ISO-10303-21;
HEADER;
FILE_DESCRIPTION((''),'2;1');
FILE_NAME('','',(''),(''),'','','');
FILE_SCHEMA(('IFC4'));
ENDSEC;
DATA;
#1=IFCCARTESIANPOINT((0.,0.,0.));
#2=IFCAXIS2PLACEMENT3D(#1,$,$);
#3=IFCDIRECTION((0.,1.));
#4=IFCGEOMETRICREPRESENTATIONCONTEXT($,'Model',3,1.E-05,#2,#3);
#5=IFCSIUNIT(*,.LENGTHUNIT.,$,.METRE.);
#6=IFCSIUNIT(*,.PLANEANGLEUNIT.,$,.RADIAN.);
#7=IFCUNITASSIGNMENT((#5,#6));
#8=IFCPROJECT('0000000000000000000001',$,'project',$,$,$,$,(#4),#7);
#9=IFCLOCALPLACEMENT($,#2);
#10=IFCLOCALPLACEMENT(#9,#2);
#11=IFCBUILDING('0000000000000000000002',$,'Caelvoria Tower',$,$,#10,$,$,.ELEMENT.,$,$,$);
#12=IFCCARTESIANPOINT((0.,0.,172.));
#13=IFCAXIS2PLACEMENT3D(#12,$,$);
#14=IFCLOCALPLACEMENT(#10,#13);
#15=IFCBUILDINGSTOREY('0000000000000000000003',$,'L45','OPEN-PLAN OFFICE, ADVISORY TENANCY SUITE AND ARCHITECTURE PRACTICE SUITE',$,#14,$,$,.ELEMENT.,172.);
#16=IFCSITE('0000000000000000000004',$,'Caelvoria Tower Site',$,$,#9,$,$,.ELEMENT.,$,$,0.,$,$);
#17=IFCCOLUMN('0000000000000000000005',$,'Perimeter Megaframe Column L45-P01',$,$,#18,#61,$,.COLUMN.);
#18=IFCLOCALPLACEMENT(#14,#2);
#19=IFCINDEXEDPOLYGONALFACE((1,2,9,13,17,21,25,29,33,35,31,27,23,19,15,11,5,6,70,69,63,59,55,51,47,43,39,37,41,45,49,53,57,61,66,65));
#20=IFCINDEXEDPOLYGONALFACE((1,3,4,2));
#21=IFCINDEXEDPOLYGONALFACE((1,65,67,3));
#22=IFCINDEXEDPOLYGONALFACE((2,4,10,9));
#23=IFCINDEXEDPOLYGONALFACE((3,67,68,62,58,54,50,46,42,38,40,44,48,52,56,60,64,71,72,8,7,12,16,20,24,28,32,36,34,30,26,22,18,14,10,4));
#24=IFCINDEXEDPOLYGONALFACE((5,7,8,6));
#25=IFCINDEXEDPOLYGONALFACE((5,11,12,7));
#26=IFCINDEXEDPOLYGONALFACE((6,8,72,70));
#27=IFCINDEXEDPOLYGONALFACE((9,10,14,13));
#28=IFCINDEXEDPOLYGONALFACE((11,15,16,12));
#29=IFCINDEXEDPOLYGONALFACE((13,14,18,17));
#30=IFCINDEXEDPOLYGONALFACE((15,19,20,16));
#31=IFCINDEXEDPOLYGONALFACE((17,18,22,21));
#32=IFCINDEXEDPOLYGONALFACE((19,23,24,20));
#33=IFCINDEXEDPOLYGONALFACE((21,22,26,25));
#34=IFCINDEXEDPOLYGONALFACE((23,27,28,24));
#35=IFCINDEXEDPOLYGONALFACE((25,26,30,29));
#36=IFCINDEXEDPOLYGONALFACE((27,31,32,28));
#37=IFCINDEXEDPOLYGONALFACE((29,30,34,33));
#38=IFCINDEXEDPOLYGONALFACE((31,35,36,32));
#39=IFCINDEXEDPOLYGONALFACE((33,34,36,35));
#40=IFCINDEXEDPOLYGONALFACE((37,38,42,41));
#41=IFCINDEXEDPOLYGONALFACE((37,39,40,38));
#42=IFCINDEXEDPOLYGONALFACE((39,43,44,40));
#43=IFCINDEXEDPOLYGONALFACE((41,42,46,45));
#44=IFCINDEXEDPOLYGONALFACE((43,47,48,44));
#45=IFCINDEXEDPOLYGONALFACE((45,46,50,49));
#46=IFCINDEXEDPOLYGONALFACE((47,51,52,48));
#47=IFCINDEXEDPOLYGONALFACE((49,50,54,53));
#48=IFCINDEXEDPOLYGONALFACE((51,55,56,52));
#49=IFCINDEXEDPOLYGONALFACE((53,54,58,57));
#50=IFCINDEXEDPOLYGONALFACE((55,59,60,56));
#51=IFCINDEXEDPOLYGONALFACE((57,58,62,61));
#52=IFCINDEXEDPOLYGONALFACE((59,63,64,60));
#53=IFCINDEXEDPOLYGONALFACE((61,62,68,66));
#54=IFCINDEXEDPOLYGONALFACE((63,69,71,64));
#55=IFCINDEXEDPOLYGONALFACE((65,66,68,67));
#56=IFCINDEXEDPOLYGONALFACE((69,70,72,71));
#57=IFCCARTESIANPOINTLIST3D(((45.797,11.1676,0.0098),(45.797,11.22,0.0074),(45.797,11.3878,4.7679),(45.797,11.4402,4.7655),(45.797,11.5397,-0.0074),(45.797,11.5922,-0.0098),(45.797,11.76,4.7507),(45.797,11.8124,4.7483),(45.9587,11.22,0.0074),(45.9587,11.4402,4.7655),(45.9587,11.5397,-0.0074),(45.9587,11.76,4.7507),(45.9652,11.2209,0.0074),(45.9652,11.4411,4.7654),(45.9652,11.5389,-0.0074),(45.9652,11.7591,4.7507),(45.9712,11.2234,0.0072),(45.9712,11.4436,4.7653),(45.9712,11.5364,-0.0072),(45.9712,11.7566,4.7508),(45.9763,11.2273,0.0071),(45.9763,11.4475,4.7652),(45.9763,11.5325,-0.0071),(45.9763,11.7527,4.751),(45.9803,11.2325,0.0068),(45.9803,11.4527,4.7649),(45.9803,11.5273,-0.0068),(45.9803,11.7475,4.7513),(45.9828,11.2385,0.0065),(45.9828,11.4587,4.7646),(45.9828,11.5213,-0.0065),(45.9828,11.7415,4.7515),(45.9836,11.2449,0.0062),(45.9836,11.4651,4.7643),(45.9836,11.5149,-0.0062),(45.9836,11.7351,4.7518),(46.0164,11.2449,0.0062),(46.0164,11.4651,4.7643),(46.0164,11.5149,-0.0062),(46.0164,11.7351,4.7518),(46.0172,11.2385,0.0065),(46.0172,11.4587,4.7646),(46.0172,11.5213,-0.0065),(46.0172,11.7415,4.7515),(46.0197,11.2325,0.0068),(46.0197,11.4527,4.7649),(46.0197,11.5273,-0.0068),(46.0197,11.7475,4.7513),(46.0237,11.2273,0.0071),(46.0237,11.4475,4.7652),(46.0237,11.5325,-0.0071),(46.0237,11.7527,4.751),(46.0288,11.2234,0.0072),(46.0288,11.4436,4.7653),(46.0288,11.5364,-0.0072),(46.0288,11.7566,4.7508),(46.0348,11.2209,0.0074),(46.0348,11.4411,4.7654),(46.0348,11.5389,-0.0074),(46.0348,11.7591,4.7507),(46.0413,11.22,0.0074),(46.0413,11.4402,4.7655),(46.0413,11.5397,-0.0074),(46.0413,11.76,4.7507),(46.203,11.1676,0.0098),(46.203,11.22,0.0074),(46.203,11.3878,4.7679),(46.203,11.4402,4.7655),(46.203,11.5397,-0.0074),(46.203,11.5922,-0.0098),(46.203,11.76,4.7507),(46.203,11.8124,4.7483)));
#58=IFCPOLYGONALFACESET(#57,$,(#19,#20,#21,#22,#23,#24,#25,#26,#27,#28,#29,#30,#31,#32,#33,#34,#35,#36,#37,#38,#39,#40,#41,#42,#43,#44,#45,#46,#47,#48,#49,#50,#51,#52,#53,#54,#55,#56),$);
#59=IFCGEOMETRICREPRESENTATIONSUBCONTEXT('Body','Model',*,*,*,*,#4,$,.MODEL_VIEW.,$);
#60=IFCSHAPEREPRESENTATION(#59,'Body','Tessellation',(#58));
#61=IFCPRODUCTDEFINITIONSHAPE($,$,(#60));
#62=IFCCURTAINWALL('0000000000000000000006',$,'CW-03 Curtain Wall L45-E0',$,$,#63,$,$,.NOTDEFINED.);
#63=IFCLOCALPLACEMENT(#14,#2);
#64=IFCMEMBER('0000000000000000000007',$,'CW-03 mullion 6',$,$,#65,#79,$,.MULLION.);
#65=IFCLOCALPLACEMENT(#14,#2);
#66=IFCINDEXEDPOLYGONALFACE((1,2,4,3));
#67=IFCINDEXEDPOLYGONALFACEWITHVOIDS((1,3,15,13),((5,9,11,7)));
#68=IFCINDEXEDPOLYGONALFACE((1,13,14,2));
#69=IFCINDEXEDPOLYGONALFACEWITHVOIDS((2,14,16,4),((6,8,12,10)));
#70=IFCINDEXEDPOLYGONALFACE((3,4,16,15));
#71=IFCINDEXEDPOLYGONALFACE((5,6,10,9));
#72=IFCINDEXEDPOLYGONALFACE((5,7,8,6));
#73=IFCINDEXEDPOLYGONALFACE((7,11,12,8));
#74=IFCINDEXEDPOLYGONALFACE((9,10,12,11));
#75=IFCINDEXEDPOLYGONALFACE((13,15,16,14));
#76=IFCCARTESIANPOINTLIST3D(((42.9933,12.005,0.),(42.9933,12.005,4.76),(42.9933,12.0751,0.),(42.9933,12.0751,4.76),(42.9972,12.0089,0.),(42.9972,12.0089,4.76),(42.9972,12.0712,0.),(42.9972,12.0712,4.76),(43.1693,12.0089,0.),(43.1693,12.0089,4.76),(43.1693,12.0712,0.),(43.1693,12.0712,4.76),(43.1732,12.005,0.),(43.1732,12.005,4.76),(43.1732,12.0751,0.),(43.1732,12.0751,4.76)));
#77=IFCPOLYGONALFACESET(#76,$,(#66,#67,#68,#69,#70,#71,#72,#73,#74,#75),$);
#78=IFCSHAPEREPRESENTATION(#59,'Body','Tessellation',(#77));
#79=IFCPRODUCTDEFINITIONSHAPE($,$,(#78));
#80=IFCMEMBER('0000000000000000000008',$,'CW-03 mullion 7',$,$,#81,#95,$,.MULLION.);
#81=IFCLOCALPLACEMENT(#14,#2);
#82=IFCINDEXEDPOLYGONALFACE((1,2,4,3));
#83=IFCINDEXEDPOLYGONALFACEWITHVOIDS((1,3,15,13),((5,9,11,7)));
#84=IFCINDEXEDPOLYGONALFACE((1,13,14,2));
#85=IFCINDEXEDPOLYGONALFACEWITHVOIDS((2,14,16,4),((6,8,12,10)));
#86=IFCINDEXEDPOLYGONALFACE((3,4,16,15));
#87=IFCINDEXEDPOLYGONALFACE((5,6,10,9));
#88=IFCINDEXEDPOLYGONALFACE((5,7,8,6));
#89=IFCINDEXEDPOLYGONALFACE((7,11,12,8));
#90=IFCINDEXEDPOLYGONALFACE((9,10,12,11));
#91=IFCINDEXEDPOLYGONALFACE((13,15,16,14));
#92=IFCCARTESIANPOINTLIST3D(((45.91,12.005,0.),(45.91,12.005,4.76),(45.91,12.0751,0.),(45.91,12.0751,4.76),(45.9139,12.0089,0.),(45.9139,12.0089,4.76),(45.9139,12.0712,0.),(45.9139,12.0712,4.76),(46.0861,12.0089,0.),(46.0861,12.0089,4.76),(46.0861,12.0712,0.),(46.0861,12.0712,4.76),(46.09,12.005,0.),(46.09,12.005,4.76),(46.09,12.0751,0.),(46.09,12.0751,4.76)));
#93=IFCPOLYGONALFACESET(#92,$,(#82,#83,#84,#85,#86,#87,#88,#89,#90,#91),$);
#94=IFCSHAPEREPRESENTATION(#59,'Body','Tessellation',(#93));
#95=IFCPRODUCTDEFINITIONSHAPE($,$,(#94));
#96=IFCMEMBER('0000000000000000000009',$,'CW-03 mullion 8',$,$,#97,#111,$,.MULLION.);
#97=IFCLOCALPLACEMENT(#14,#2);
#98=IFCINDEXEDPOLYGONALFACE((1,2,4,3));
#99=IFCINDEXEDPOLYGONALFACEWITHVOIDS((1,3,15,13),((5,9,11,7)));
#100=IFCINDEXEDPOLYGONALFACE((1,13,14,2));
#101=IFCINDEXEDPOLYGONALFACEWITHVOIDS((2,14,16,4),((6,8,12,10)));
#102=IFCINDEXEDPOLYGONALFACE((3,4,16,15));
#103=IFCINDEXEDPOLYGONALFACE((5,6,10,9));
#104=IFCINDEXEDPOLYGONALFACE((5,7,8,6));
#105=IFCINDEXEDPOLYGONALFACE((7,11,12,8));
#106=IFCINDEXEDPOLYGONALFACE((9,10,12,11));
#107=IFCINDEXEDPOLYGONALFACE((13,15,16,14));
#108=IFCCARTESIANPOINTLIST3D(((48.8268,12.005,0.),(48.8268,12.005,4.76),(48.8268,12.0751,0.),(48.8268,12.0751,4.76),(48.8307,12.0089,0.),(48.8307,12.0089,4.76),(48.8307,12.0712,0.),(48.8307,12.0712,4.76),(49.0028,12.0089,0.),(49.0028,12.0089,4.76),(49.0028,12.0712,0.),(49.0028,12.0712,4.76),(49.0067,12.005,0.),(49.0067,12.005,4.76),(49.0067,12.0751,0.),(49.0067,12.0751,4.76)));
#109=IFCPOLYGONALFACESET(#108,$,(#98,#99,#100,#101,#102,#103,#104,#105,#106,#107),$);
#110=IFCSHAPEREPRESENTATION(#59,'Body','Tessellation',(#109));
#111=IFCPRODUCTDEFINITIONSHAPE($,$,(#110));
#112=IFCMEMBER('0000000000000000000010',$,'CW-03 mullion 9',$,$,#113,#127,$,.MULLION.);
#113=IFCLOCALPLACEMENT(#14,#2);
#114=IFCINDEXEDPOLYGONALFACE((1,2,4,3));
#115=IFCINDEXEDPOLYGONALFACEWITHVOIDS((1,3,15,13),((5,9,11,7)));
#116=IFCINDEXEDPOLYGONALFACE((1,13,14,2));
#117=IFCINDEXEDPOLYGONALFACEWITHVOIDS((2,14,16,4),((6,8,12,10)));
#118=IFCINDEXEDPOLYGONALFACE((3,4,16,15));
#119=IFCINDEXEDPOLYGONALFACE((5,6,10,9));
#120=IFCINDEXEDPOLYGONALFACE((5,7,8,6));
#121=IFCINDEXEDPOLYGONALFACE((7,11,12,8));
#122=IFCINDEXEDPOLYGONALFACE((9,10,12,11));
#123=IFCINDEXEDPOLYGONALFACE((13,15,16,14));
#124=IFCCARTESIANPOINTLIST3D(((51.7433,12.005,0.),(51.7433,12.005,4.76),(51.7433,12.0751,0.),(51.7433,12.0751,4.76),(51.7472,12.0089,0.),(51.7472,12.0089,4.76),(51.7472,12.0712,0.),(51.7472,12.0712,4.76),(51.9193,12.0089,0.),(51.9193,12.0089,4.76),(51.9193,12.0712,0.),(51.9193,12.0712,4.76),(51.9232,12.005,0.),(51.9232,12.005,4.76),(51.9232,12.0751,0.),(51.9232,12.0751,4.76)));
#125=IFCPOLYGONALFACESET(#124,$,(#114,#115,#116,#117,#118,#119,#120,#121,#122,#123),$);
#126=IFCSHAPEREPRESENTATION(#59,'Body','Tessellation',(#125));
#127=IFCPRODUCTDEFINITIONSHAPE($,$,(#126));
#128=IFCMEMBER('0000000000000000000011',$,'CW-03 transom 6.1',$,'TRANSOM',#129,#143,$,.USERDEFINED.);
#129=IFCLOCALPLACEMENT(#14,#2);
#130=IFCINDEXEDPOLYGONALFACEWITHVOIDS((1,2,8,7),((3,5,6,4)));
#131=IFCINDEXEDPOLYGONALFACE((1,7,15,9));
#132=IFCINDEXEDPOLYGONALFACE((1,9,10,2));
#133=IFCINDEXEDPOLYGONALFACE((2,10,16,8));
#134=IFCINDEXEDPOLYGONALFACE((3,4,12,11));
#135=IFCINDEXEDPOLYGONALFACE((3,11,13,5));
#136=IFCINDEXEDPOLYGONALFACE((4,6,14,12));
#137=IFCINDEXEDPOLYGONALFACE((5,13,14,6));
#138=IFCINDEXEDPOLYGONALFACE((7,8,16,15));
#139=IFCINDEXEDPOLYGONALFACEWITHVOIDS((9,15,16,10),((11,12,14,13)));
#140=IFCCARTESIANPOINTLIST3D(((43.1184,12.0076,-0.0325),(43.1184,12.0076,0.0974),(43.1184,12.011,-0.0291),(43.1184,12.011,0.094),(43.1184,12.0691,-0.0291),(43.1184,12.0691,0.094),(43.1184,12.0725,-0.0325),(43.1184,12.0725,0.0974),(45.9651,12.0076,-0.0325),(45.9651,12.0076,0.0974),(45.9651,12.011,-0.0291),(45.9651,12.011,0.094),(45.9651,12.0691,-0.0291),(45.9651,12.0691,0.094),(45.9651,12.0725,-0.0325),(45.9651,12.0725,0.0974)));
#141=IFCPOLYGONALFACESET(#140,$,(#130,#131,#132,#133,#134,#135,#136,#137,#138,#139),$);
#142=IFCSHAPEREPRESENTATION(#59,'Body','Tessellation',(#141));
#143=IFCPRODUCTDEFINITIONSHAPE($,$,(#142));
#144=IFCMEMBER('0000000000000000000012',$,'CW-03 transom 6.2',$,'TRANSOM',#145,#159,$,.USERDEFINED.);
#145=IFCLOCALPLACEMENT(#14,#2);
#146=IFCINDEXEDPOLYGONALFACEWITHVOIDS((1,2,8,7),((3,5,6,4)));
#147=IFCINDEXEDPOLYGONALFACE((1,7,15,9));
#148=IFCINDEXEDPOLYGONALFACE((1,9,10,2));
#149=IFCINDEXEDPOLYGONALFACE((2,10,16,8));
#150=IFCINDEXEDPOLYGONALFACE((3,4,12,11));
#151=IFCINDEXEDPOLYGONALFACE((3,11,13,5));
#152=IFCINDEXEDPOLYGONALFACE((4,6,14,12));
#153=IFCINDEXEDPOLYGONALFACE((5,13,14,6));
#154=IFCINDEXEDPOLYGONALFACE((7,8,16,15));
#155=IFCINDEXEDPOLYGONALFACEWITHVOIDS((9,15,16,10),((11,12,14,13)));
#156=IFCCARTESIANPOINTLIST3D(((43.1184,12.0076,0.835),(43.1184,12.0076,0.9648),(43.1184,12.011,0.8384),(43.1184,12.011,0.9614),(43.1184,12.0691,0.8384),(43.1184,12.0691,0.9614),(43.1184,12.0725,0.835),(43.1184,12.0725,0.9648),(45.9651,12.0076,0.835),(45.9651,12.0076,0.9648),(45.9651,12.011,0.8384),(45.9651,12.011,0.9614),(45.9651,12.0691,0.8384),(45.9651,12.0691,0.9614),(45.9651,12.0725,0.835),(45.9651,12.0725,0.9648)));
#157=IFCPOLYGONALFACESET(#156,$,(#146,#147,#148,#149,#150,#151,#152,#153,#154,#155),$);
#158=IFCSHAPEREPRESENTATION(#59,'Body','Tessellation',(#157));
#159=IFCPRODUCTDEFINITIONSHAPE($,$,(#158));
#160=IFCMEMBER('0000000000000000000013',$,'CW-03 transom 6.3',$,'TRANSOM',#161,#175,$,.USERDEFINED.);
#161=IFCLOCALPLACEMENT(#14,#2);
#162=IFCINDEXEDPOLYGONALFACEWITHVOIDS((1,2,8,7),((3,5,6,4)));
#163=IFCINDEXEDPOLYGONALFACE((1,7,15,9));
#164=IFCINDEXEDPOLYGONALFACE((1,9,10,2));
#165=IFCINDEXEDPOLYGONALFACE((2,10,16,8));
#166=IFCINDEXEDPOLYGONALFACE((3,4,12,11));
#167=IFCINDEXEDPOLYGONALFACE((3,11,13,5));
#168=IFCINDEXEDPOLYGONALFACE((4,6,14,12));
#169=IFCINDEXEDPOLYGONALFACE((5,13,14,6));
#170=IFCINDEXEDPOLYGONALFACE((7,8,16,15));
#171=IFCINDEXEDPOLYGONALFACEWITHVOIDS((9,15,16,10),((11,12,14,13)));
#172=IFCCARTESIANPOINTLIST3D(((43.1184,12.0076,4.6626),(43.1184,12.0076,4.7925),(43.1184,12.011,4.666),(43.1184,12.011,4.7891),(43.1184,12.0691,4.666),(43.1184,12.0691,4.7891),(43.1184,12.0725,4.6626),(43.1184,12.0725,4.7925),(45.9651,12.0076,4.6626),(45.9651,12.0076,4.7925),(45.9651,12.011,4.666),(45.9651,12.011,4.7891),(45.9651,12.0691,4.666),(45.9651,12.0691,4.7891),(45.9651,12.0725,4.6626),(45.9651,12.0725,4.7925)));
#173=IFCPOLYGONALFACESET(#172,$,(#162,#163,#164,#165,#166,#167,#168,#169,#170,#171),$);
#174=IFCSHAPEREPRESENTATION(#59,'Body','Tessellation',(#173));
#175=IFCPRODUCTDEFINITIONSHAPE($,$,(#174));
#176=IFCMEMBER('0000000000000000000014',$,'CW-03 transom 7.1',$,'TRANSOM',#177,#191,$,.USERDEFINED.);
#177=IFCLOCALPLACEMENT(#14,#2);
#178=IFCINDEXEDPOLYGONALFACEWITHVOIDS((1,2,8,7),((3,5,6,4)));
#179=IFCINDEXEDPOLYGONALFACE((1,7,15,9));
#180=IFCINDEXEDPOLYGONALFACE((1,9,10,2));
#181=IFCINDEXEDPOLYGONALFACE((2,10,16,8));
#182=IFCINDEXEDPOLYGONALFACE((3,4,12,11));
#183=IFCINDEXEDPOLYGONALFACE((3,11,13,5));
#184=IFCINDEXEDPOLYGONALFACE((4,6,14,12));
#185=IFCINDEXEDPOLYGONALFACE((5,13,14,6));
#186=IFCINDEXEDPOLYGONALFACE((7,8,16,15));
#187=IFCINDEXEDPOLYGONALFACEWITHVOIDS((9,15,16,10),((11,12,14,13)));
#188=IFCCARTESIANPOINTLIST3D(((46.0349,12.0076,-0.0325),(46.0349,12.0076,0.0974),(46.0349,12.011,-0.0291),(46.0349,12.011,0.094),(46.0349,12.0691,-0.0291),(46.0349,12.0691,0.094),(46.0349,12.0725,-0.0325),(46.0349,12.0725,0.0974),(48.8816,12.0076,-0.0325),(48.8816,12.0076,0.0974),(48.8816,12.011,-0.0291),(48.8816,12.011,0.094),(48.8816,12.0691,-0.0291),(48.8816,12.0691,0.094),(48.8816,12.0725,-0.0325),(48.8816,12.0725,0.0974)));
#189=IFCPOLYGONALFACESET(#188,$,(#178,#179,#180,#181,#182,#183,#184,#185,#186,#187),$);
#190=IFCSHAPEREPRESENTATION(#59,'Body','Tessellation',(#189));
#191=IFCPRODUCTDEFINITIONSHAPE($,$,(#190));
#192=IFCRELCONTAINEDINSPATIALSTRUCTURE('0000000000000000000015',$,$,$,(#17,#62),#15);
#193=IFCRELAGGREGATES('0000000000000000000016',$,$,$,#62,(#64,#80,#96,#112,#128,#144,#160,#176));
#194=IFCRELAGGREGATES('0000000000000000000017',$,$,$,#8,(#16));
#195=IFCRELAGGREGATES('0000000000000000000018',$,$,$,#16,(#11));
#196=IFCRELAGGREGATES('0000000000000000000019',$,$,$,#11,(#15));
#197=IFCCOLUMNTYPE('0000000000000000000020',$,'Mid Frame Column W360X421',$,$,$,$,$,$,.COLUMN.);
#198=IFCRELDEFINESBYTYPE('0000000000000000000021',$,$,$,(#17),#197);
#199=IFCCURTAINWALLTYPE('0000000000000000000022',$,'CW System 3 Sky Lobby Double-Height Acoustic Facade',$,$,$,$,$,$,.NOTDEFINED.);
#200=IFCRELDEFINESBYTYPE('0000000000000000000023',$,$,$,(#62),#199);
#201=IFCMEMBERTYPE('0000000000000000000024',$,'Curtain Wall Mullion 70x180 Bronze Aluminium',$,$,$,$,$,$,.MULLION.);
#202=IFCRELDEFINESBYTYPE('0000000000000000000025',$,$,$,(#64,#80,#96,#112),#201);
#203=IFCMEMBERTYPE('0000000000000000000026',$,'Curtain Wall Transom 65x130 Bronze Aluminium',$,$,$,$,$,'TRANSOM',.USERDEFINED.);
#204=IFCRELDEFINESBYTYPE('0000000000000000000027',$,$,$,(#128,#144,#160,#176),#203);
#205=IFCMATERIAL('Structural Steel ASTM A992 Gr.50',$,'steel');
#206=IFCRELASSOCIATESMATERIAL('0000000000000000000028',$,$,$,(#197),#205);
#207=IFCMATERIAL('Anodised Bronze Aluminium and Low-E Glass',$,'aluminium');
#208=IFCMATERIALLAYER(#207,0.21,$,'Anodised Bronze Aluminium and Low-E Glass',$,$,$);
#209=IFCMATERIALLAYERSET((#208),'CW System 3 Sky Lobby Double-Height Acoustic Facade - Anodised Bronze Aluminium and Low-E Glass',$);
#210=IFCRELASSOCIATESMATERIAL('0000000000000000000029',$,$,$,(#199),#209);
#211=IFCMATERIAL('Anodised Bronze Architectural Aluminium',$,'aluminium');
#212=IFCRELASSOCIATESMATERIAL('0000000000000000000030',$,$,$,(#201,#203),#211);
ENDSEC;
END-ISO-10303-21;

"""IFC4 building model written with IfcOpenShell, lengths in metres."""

from ifc_helpers import new_model, si_unit, direction, frame, origin, origin_2d, place, context, subcontext, project, spatial, hollow_rectangle, i_section, extrude, material, layer, layer_set, material_profile, profile_set, type_object, element, aggregate, save


model = new_model("IFC4")

# Units and contexts
model_context = context("Model", 3, precision=1e-05, world=origin(), true_north=direction((0.0, 1.0)))
body_context = subcontext(model_context, "Body", "Model", "MODEL_VIEW")
ifc_project = project(units=[si_unit("LENGTHUNIT", "METRE"), si_unit("PLANEANGLEUNIT", "RADIAN")], contexts=[model_context])

# Site, building, storey
site_placement = place(None, origin())
site = spatial("IfcSite", under=ifc_project, at=site_placement, Name="Caelvoria Tower Site", CompositionType="ELEMENT", RefElevation=0.0)
building_placement = place(site_placement, origin())
building = spatial("IfcBuilding", under=site, at=building_placement, Name="Caelvoria Tower", CompositionType="ELEMENT")
storey_placement = place(building_placement, frame((0.0, 0.0, 172.0)))
storey = spatial("IfcBuildingStorey", under=building, at=storey_placement, Name="L45", Description="OPEN-PLAN OFFICE, ADVISORY TENANCY SUITE AND ARCHITECTURE PRACTICE SUITE", CompositionType="ELEMENT", Elevation=172.0)

# Column
ifc_material_1 = material(Name="Structural Steel ASTM A992 Gr.50", Category="steel")
ifc_material_profile_1 = material_profile(ifc_material_1, i_section(OverallWidth=0.406, OverallDepth=0.425, WebThickness=0.0327, FlangeThickness=0.0525, FilletRadius=0.0249, at=origin_2d()), Name="Structural Steel ASTM A992 Gr.50")
ifc_profile_set_1 = profile_set([ifc_material_profile_1], Name="W360X421 - Structural Steel ASTM A992 Gr.50")
column_type = type_object("IfcColumnType", Name="Mid Frame Column W360X421", PredefinedType="COLUMN", material=ifc_profile_set_1)
column_placement = place(storey_placement, frame((46.0, 11.3799, 0.0), z_axis=(0.0, 0.046233, 0.998931), x_axis=(-1.0, 0.0, 0.0)))
element("IfcColumn", 1, at=column_placement, inside=storey, type_object=column_type, Name="Perimeter Megaframe Column L45-P01", PredefinedType="COLUMN", context=body_context, shape_type="SweptSolid", body=[
    extrude(i_section(OverallWidth=0.406, OverallDepth=0.425, WebThickness=0.0327, FlangeThickness=0.0525, FilletRadius=0.0249, at=origin_2d()), origin(), (0.0, 0.0, 1.0), 4.7632),
])

# Curtain wall, members
ifc_material_2 = material(Name="Anodised Bronze Aluminium and Low-E Glass", Category="aluminium")
ifc_layer_1 = layer(ifc_material_2, 0.21, Name="Anodised Bronze Aluminium and Low-E Glass")
ifc_layer_set_1 = layer_set([ifc_layer_1], Name="CW System 3 Sky Lobby Double-Height Acoustic Facade - Anodised Bronze Aluminium and Low-E Glass")
curtain_wall_type = type_object("IfcCurtainWallType", Name="CW System 3 Sky Lobby Double-Height Acoustic Facade", PredefinedType="NOTDEFINED", material=ifc_layer_set_1)
curtain_wall_placement = place(storey_placement, origin())
curtain_wall = element("IfcCurtainWall", 2, at=curtain_wall_placement, inside=storey, type_object=curtain_wall_type, Name="CW-03 Curtain Wall L45-E0", PredefinedType="NOTDEFINED")
ifc_material_3 = material(Name="Anodised Bronze Architectural Aluminium", Category="aluminium")
ifc_material_profile_2 = material_profile(ifc_material_3, hollow_rectangle(XDim=0.0701, YDim=0.1799, WallThickness=0.0039, at=origin_2d()), Name="Anodised Bronze Architectural Aluminium")
ifc_profile_set_2 = profile_set([ifc_material_profile_2], Name="CW_MULL_70X180 - Anodised Bronze Architectural Aluminium")
member_type_1 = type_object("IfcMemberType", Name="Curtain Wall Mullion 70x180 Bronze Aluminium", PredefinedType="MULLION", material=ifc_profile_set_2)
member_1_placement = place(storey_placement, frame((43.0833, 12.04, 0.0), z_axis=(0.0, 0.0, 1.0), x_axis=(0.0, 1.0, 0.0)))
member_1 = element("IfcMember", 3, at=member_1_placement, type_object=member_type_1, Name="CW-03 mullion 6", PredefinedType="MULLION", context=body_context, shape_type="SweptSolid", body=[
    extrude(hollow_rectangle(XDim=0.0701, YDim=0.1799, WallThickness=0.0039, at=origin_2d()), origin(), (0.0, 0.0, 1.0), 4.76),
])
member_2_placement = place(storey_placement, frame((46.0, 12.04, 0.0), z_axis=(0.0, 0.0, 1.0), x_axis=(0.0, 1.0, 0.0)))
member_2 = element("IfcMember", 4, at=member_2_placement, type_object=member_type_1, Name="CW-03 mullion 7", PredefinedType="MULLION", context=body_context, shape_type="SweptSolid", body=[
    extrude(hollow_rectangle(XDim=0.0701, YDim=0.1799, WallThickness=0.0039, at=origin_2d()), origin(), (0.0, 0.0, 1.0), 4.76),
])
member_3_placement = place(storey_placement, frame((48.9167, 12.04, 0.0), z_axis=(0.0, 0.0, 1.0), x_axis=(0.0, 1.0, 0.0)))
member_3 = element("IfcMember", 5, at=member_3_placement, type_object=member_type_1, Name="CW-03 mullion 8", PredefinedType="MULLION", context=body_context, shape_type="SweptSolid", body=[
    extrude(hollow_rectangle(XDim=0.0701, YDim=0.1799, WallThickness=0.0039, at=origin_2d()), origin(), (0.0, 0.0, 1.0), 4.76),
])
member_4_placement = place(storey_placement, frame((51.8333, 12.04, 0.0), z_axis=(0.0, 0.0, 1.0), x_axis=(0.0, 1.0, 0.0)))
member_4 = element("IfcMember", 6, at=member_4_placement, type_object=member_type_1, Name="CW-03 mullion 9", PredefinedType="MULLION", context=body_context, shape_type="SweptSolid", body=[
    extrude(hollow_rectangle(XDim=0.0701, YDim=0.1799, WallThickness=0.0039, at=origin_2d()), origin(), (0.0, 0.0, 1.0), 4.76),
])
ifc_material_profile_3 = material_profile(ifc_material_3, hollow_rectangle(XDim=0.0649, YDim=0.1299, WallThickness=0.0034, at=origin_2d()), Name="Anodised Bronze Architectural Aluminium")
ifc_profile_set_3 = profile_set([ifc_material_profile_3], Name="CW_TRAN_65X130 - Anodised Bronze Architectural Aluminium")
member_type_2 = type_object("IfcMemberType", Name="Curtain Wall Transom 65x130 Bronze Aluminium", ElementType="TRANSOM", PredefinedType="USERDEFINED", material=ifc_profile_set_3)
member_5_placement = place(storey_placement, frame((43.1184, 12.04, 0.0325), z_axis=(1.0, 0.0, 0.0), x_axis=(0.0, 1.0, 0.0)))
member_5 = element("IfcMember", 7, at=member_5_placement, type_object=member_type_2, Name="CW-03 transom 6.1", ObjectType="TRANSOM", PredefinedType="USERDEFINED", context=body_context, shape_type="SweptSolid", body=[
    extrude(hollow_rectangle(XDim=0.0649, YDim=0.1299, WallThickness=0.0034, at=origin_2d()), origin(), (0.0, 0.0, 1.0), 2.8467),
])
member_6_placement = place(storey_placement, frame((43.1184, 12.04, 0.8999), z_axis=(1.0, 0.0, 0.0), x_axis=(0.0, 1.0, 0.0)))
member_6 = element("IfcMember", 8, at=member_6_placement, type_object=member_type_2, Name="CW-03 transom 6.2", ObjectType="TRANSOM", PredefinedType="USERDEFINED", context=body_context, shape_type="SweptSolid", body=[
    extrude(hollow_rectangle(XDim=0.0649, YDim=0.1299, WallThickness=0.0034, at=origin_2d()), origin(), (0.0, 0.0, 1.0), 2.8467),
])
member_7_placement = place(storey_placement, frame((43.1184, 12.04, 4.7275), z_axis=(1.0, 0.0, 0.0), x_axis=(0.0, 1.0, 0.0)))
member_7 = element("IfcMember", 9, at=member_7_placement, type_object=member_type_2, Name="CW-03 transom 6.3", ObjectType="TRANSOM", PredefinedType="USERDEFINED", context=body_context, shape_type="SweptSolid", body=[
    extrude(hollow_rectangle(XDim=0.0649, YDim=0.1299, WallThickness=0.0034, at=origin_2d()), origin(), (0.0, 0.0, 1.0), 2.8467),
])
member_8_placement = place(storey_placement, frame((46.0349, 12.04, 0.0325), z_axis=(1.0, 0.0, 0.0), x_axis=(0.0, 1.0, 0.0)))
member_8 = element("IfcMember", 10, at=member_8_placement, type_object=member_type_2, Name="CW-03 transom 7.1", ObjectType="TRANSOM", PredefinedType="USERDEFINED", context=body_context, shape_type="SweptSolid", body=[
    extrude(hollow_rectangle(XDim=0.0649, YDim=0.1299, WallThickness=0.0034, at=origin_2d()), origin(), (0.0, 0.0, 1.0), 2.8467),
])

aggregate(curtain_wall, [member_1, member_2, member_3, member_4, member_5, member_6, member_7, member_8])

save(model, "model.ifc")
